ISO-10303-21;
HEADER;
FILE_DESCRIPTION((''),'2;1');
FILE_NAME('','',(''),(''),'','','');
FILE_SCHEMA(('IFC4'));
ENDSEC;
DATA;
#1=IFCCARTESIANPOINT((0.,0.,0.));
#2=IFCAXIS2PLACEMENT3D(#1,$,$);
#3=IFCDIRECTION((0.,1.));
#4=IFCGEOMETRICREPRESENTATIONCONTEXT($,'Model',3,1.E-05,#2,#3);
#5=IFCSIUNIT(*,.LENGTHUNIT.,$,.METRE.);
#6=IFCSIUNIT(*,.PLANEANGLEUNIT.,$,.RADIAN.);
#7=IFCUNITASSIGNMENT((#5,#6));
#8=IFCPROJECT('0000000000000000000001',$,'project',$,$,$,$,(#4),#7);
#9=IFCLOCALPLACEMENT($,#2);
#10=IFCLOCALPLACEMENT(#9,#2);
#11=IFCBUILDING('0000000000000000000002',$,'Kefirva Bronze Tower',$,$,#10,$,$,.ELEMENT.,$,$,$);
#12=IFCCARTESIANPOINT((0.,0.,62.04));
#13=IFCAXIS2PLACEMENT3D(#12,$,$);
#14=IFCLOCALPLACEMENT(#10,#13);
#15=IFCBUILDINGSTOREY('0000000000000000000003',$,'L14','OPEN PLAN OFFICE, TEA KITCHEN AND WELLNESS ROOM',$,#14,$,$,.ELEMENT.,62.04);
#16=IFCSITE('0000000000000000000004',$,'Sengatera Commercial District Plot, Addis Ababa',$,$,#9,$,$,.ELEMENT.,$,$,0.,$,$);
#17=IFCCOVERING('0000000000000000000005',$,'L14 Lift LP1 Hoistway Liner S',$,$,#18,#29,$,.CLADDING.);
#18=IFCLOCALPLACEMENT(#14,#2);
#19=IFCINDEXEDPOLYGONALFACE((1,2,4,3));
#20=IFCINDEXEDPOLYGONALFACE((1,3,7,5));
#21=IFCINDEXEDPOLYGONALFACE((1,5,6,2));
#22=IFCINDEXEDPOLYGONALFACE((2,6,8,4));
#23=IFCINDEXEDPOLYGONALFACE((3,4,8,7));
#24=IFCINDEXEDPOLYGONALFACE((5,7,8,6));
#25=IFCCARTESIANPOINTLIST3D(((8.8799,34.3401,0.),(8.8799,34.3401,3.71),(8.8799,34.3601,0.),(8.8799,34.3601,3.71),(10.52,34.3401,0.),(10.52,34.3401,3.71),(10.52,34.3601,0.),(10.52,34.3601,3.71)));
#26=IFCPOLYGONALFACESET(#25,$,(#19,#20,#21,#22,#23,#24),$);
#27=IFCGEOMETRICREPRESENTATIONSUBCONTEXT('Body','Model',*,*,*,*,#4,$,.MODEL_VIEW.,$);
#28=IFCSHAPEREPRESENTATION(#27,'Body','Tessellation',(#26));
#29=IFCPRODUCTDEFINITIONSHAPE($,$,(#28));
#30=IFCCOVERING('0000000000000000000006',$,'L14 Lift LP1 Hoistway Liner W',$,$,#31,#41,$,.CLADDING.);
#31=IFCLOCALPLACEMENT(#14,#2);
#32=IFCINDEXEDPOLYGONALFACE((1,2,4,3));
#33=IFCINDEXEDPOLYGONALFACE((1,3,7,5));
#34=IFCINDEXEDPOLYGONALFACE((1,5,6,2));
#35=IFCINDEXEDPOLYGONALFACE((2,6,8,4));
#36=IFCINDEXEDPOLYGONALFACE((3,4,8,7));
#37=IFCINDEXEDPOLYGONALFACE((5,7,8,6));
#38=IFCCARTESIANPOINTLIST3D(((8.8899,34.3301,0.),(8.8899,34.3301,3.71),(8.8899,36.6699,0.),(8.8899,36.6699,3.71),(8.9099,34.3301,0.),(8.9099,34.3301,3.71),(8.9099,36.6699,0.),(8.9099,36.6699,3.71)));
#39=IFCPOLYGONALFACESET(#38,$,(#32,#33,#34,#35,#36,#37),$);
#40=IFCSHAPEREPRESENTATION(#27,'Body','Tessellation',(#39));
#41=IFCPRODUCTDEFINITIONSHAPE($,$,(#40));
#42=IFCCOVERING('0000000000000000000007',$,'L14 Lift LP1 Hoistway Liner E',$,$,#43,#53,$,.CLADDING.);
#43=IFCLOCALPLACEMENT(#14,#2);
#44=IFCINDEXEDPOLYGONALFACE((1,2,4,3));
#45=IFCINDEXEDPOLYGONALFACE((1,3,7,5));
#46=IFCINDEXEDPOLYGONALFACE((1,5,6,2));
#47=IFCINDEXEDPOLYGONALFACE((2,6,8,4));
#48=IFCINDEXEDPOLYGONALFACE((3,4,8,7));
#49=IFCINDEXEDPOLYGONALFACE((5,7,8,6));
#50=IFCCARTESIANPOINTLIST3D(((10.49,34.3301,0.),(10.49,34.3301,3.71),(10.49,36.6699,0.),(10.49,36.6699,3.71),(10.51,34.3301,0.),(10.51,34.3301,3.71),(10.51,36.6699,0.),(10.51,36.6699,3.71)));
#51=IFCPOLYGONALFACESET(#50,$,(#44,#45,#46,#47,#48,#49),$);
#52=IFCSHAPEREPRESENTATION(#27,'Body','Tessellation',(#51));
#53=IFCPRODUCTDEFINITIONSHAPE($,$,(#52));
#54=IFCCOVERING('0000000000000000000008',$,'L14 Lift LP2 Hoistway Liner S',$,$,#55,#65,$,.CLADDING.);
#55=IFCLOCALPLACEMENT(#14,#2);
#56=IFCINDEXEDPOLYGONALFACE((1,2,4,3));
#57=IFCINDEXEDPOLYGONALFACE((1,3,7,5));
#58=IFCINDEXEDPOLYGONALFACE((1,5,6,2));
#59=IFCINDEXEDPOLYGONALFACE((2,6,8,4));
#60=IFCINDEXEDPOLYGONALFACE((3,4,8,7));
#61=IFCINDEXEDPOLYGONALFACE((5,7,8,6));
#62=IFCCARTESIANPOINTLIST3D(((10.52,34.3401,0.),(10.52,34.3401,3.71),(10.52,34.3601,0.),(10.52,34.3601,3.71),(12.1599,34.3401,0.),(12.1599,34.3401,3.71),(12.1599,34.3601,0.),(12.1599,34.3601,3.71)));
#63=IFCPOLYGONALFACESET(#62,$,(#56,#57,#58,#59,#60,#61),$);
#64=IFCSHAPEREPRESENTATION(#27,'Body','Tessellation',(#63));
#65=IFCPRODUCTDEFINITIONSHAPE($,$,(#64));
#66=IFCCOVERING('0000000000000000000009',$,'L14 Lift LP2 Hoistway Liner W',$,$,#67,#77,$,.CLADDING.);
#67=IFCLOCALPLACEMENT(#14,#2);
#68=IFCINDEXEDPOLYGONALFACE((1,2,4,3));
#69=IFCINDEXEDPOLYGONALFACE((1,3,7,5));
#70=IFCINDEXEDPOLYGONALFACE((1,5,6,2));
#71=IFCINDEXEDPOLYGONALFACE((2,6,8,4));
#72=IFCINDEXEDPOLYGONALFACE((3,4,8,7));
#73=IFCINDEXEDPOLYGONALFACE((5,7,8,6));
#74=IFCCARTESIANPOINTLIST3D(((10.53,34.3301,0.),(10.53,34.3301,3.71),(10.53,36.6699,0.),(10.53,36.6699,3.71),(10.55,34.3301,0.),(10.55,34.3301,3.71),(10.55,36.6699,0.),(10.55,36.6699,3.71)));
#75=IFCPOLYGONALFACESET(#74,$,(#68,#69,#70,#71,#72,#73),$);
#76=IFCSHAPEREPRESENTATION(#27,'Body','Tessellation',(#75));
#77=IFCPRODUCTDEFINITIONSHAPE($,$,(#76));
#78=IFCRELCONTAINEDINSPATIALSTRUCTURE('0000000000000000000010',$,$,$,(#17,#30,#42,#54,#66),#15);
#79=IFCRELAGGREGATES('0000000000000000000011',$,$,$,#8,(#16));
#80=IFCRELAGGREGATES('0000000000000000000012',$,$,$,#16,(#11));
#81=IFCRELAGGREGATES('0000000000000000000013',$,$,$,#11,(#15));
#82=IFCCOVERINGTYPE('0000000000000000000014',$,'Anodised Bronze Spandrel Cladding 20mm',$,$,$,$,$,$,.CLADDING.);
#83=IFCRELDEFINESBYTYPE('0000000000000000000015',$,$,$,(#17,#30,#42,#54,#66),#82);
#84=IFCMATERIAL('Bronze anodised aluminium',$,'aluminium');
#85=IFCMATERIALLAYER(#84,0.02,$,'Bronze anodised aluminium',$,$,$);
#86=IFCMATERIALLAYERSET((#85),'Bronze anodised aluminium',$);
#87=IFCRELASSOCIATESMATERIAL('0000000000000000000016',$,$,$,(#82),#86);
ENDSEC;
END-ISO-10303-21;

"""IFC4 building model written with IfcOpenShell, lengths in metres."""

from ifc_helpers import new_model, si_unit, direction, frame, origin, place, context, subcontext, project, spatial, polyline, outline, extrude, material, layer, layer_set, type_object, element, save


model = new_model("IFC4")

# Units and contexts
model_context = context("Model", 3, precision=1e-05, world=origin(), true_north=direction((0.0, 1.0)))
body_context = subcontext(model_context, "Body", "Model", "MODEL_VIEW")
ifc_project = project(units=[si_unit("LENGTHUNIT", "METRE"), si_unit("PLANEANGLEUNIT", "RADIAN")], contexts=[model_context])

# Site, building, storey
site_placement = place(None, origin())
site = spatial("IfcSite", under=ifc_project, at=site_placement, Name="Sengatera Commercial District Plot, Addis Ababa", CompositionType="ELEMENT", RefElevation=0.0)
building_placement = place(site_placement, origin())
building = spatial("IfcBuilding", under=site, at=building_placement, Name="Kefirva Bronze Tower", CompositionType="ELEMENT")
storey_placement = place(building_placement, frame((0.0, 0.0, 62.04)))
storey = spatial("IfcBuildingStorey", under=building, at=storey_placement, Name="L14", Description="OPEN PLAN OFFICE, TEA KITCHEN AND WELLNESS ROOM", CompositionType="ELEMENT", Elevation=62.04)

# Coverings
ifc_material_1 = material(Name="Bronze anodised aluminium", Category="aluminium")
ifc_layer_1 = layer(ifc_material_1, 0.02, Name="Bronze anodised aluminium")
ifc_layer_set_1 = layer_set([ifc_layer_1], Name="Bronze anodised aluminium")
covering_type = type_object("IfcCoveringType", Name="Anodised Bronze Spandrel Cladding 20mm", PredefinedType="CLADDING", material=ifc_layer_set_1)
covering_1_placement = place(storey_placement, origin())
element("IfcCovering", 1, at=covering_1_placement, inside=storey, type_object=covering_type, Name="L14 Lift LP1 Hoistway Liner S", PredefinedType="CLADDING", context=body_context, shape_type="SweptSolid", body=[
    extrude(outline(polyline([(8.8799, 34.3401), (10.52, 34.3401), (10.52, 34.3601), (8.8799, 34.3601), (8.8799, 34.3401)])), origin(), (0.0, 0.0, 1.0), 3.71),
])
covering_2_placement = place(storey_placement, origin())
element("IfcCovering", 2, at=covering_2_placement, inside=storey, type_object=covering_type, Name="L14 Lift LP1 Hoistway Liner W", PredefinedType="CLADDING", context=body_context, shape_type="SweptSolid", body=[
    extrude(outline(polyline([(8.8899, 34.3301), (8.9099, 34.3301), (8.9099, 36.6699), (8.8899, 36.6699), (8.8899, 34.3301)])), origin(), (0.0, 0.0, 1.0), 3.71),
])
covering_3_placement = place(storey_placement, origin())
element("IfcCovering", 3, at=covering_3_placement, inside=storey, type_object=covering_type, Name="L14 Lift LP1 Hoistway Liner E", PredefinedType="CLADDING", context=body_context, shape_type="SweptSolid", body=[
    extrude(outline(polyline([(10.49, 34.3301), (10.51, 34.3301), (10.51, 36.6699), (10.49, 36.6699), (10.49, 34.3301)])), origin(), (0.0, 0.0, 1.0), 3.71),
])
covering_4_placement = place(storey_placement, origin())
element("IfcCovering", 4, at=covering_4_placement, inside=storey, type_object=covering_type, Name="L14 Lift LP2 Hoistway Liner S", PredefinedType="CLADDING", context=body_context, shape_type="SweptSolid", body=[
    extrude(outline(polyline([(10.52, 34.3401), (12.1599, 34.3401), (12.1599, 34.3601), (10.52, 34.3601), (10.52, 34.3401)])), origin(), (0.0, 0.0, 1.0), 3.71),
])
covering_5_placement = place(storey_placement, origin())
element("IfcCovering", 5, at=covering_5_placement, inside=storey, type_object=covering_type, Name="L14 Lift LP2 Hoistway Liner W", PredefinedType="CLADDING", context=body_context, shape_type="SweptSolid", body=[
    extrude(outline(polyline([(10.53, 34.3301), (10.55, 34.3301), (10.55, 36.6699), (10.53, 36.6699), (10.53, 34.3301)])), origin(), (0.0, 0.0, 1.0), 3.71),
])

save(model, "model.ifc")
